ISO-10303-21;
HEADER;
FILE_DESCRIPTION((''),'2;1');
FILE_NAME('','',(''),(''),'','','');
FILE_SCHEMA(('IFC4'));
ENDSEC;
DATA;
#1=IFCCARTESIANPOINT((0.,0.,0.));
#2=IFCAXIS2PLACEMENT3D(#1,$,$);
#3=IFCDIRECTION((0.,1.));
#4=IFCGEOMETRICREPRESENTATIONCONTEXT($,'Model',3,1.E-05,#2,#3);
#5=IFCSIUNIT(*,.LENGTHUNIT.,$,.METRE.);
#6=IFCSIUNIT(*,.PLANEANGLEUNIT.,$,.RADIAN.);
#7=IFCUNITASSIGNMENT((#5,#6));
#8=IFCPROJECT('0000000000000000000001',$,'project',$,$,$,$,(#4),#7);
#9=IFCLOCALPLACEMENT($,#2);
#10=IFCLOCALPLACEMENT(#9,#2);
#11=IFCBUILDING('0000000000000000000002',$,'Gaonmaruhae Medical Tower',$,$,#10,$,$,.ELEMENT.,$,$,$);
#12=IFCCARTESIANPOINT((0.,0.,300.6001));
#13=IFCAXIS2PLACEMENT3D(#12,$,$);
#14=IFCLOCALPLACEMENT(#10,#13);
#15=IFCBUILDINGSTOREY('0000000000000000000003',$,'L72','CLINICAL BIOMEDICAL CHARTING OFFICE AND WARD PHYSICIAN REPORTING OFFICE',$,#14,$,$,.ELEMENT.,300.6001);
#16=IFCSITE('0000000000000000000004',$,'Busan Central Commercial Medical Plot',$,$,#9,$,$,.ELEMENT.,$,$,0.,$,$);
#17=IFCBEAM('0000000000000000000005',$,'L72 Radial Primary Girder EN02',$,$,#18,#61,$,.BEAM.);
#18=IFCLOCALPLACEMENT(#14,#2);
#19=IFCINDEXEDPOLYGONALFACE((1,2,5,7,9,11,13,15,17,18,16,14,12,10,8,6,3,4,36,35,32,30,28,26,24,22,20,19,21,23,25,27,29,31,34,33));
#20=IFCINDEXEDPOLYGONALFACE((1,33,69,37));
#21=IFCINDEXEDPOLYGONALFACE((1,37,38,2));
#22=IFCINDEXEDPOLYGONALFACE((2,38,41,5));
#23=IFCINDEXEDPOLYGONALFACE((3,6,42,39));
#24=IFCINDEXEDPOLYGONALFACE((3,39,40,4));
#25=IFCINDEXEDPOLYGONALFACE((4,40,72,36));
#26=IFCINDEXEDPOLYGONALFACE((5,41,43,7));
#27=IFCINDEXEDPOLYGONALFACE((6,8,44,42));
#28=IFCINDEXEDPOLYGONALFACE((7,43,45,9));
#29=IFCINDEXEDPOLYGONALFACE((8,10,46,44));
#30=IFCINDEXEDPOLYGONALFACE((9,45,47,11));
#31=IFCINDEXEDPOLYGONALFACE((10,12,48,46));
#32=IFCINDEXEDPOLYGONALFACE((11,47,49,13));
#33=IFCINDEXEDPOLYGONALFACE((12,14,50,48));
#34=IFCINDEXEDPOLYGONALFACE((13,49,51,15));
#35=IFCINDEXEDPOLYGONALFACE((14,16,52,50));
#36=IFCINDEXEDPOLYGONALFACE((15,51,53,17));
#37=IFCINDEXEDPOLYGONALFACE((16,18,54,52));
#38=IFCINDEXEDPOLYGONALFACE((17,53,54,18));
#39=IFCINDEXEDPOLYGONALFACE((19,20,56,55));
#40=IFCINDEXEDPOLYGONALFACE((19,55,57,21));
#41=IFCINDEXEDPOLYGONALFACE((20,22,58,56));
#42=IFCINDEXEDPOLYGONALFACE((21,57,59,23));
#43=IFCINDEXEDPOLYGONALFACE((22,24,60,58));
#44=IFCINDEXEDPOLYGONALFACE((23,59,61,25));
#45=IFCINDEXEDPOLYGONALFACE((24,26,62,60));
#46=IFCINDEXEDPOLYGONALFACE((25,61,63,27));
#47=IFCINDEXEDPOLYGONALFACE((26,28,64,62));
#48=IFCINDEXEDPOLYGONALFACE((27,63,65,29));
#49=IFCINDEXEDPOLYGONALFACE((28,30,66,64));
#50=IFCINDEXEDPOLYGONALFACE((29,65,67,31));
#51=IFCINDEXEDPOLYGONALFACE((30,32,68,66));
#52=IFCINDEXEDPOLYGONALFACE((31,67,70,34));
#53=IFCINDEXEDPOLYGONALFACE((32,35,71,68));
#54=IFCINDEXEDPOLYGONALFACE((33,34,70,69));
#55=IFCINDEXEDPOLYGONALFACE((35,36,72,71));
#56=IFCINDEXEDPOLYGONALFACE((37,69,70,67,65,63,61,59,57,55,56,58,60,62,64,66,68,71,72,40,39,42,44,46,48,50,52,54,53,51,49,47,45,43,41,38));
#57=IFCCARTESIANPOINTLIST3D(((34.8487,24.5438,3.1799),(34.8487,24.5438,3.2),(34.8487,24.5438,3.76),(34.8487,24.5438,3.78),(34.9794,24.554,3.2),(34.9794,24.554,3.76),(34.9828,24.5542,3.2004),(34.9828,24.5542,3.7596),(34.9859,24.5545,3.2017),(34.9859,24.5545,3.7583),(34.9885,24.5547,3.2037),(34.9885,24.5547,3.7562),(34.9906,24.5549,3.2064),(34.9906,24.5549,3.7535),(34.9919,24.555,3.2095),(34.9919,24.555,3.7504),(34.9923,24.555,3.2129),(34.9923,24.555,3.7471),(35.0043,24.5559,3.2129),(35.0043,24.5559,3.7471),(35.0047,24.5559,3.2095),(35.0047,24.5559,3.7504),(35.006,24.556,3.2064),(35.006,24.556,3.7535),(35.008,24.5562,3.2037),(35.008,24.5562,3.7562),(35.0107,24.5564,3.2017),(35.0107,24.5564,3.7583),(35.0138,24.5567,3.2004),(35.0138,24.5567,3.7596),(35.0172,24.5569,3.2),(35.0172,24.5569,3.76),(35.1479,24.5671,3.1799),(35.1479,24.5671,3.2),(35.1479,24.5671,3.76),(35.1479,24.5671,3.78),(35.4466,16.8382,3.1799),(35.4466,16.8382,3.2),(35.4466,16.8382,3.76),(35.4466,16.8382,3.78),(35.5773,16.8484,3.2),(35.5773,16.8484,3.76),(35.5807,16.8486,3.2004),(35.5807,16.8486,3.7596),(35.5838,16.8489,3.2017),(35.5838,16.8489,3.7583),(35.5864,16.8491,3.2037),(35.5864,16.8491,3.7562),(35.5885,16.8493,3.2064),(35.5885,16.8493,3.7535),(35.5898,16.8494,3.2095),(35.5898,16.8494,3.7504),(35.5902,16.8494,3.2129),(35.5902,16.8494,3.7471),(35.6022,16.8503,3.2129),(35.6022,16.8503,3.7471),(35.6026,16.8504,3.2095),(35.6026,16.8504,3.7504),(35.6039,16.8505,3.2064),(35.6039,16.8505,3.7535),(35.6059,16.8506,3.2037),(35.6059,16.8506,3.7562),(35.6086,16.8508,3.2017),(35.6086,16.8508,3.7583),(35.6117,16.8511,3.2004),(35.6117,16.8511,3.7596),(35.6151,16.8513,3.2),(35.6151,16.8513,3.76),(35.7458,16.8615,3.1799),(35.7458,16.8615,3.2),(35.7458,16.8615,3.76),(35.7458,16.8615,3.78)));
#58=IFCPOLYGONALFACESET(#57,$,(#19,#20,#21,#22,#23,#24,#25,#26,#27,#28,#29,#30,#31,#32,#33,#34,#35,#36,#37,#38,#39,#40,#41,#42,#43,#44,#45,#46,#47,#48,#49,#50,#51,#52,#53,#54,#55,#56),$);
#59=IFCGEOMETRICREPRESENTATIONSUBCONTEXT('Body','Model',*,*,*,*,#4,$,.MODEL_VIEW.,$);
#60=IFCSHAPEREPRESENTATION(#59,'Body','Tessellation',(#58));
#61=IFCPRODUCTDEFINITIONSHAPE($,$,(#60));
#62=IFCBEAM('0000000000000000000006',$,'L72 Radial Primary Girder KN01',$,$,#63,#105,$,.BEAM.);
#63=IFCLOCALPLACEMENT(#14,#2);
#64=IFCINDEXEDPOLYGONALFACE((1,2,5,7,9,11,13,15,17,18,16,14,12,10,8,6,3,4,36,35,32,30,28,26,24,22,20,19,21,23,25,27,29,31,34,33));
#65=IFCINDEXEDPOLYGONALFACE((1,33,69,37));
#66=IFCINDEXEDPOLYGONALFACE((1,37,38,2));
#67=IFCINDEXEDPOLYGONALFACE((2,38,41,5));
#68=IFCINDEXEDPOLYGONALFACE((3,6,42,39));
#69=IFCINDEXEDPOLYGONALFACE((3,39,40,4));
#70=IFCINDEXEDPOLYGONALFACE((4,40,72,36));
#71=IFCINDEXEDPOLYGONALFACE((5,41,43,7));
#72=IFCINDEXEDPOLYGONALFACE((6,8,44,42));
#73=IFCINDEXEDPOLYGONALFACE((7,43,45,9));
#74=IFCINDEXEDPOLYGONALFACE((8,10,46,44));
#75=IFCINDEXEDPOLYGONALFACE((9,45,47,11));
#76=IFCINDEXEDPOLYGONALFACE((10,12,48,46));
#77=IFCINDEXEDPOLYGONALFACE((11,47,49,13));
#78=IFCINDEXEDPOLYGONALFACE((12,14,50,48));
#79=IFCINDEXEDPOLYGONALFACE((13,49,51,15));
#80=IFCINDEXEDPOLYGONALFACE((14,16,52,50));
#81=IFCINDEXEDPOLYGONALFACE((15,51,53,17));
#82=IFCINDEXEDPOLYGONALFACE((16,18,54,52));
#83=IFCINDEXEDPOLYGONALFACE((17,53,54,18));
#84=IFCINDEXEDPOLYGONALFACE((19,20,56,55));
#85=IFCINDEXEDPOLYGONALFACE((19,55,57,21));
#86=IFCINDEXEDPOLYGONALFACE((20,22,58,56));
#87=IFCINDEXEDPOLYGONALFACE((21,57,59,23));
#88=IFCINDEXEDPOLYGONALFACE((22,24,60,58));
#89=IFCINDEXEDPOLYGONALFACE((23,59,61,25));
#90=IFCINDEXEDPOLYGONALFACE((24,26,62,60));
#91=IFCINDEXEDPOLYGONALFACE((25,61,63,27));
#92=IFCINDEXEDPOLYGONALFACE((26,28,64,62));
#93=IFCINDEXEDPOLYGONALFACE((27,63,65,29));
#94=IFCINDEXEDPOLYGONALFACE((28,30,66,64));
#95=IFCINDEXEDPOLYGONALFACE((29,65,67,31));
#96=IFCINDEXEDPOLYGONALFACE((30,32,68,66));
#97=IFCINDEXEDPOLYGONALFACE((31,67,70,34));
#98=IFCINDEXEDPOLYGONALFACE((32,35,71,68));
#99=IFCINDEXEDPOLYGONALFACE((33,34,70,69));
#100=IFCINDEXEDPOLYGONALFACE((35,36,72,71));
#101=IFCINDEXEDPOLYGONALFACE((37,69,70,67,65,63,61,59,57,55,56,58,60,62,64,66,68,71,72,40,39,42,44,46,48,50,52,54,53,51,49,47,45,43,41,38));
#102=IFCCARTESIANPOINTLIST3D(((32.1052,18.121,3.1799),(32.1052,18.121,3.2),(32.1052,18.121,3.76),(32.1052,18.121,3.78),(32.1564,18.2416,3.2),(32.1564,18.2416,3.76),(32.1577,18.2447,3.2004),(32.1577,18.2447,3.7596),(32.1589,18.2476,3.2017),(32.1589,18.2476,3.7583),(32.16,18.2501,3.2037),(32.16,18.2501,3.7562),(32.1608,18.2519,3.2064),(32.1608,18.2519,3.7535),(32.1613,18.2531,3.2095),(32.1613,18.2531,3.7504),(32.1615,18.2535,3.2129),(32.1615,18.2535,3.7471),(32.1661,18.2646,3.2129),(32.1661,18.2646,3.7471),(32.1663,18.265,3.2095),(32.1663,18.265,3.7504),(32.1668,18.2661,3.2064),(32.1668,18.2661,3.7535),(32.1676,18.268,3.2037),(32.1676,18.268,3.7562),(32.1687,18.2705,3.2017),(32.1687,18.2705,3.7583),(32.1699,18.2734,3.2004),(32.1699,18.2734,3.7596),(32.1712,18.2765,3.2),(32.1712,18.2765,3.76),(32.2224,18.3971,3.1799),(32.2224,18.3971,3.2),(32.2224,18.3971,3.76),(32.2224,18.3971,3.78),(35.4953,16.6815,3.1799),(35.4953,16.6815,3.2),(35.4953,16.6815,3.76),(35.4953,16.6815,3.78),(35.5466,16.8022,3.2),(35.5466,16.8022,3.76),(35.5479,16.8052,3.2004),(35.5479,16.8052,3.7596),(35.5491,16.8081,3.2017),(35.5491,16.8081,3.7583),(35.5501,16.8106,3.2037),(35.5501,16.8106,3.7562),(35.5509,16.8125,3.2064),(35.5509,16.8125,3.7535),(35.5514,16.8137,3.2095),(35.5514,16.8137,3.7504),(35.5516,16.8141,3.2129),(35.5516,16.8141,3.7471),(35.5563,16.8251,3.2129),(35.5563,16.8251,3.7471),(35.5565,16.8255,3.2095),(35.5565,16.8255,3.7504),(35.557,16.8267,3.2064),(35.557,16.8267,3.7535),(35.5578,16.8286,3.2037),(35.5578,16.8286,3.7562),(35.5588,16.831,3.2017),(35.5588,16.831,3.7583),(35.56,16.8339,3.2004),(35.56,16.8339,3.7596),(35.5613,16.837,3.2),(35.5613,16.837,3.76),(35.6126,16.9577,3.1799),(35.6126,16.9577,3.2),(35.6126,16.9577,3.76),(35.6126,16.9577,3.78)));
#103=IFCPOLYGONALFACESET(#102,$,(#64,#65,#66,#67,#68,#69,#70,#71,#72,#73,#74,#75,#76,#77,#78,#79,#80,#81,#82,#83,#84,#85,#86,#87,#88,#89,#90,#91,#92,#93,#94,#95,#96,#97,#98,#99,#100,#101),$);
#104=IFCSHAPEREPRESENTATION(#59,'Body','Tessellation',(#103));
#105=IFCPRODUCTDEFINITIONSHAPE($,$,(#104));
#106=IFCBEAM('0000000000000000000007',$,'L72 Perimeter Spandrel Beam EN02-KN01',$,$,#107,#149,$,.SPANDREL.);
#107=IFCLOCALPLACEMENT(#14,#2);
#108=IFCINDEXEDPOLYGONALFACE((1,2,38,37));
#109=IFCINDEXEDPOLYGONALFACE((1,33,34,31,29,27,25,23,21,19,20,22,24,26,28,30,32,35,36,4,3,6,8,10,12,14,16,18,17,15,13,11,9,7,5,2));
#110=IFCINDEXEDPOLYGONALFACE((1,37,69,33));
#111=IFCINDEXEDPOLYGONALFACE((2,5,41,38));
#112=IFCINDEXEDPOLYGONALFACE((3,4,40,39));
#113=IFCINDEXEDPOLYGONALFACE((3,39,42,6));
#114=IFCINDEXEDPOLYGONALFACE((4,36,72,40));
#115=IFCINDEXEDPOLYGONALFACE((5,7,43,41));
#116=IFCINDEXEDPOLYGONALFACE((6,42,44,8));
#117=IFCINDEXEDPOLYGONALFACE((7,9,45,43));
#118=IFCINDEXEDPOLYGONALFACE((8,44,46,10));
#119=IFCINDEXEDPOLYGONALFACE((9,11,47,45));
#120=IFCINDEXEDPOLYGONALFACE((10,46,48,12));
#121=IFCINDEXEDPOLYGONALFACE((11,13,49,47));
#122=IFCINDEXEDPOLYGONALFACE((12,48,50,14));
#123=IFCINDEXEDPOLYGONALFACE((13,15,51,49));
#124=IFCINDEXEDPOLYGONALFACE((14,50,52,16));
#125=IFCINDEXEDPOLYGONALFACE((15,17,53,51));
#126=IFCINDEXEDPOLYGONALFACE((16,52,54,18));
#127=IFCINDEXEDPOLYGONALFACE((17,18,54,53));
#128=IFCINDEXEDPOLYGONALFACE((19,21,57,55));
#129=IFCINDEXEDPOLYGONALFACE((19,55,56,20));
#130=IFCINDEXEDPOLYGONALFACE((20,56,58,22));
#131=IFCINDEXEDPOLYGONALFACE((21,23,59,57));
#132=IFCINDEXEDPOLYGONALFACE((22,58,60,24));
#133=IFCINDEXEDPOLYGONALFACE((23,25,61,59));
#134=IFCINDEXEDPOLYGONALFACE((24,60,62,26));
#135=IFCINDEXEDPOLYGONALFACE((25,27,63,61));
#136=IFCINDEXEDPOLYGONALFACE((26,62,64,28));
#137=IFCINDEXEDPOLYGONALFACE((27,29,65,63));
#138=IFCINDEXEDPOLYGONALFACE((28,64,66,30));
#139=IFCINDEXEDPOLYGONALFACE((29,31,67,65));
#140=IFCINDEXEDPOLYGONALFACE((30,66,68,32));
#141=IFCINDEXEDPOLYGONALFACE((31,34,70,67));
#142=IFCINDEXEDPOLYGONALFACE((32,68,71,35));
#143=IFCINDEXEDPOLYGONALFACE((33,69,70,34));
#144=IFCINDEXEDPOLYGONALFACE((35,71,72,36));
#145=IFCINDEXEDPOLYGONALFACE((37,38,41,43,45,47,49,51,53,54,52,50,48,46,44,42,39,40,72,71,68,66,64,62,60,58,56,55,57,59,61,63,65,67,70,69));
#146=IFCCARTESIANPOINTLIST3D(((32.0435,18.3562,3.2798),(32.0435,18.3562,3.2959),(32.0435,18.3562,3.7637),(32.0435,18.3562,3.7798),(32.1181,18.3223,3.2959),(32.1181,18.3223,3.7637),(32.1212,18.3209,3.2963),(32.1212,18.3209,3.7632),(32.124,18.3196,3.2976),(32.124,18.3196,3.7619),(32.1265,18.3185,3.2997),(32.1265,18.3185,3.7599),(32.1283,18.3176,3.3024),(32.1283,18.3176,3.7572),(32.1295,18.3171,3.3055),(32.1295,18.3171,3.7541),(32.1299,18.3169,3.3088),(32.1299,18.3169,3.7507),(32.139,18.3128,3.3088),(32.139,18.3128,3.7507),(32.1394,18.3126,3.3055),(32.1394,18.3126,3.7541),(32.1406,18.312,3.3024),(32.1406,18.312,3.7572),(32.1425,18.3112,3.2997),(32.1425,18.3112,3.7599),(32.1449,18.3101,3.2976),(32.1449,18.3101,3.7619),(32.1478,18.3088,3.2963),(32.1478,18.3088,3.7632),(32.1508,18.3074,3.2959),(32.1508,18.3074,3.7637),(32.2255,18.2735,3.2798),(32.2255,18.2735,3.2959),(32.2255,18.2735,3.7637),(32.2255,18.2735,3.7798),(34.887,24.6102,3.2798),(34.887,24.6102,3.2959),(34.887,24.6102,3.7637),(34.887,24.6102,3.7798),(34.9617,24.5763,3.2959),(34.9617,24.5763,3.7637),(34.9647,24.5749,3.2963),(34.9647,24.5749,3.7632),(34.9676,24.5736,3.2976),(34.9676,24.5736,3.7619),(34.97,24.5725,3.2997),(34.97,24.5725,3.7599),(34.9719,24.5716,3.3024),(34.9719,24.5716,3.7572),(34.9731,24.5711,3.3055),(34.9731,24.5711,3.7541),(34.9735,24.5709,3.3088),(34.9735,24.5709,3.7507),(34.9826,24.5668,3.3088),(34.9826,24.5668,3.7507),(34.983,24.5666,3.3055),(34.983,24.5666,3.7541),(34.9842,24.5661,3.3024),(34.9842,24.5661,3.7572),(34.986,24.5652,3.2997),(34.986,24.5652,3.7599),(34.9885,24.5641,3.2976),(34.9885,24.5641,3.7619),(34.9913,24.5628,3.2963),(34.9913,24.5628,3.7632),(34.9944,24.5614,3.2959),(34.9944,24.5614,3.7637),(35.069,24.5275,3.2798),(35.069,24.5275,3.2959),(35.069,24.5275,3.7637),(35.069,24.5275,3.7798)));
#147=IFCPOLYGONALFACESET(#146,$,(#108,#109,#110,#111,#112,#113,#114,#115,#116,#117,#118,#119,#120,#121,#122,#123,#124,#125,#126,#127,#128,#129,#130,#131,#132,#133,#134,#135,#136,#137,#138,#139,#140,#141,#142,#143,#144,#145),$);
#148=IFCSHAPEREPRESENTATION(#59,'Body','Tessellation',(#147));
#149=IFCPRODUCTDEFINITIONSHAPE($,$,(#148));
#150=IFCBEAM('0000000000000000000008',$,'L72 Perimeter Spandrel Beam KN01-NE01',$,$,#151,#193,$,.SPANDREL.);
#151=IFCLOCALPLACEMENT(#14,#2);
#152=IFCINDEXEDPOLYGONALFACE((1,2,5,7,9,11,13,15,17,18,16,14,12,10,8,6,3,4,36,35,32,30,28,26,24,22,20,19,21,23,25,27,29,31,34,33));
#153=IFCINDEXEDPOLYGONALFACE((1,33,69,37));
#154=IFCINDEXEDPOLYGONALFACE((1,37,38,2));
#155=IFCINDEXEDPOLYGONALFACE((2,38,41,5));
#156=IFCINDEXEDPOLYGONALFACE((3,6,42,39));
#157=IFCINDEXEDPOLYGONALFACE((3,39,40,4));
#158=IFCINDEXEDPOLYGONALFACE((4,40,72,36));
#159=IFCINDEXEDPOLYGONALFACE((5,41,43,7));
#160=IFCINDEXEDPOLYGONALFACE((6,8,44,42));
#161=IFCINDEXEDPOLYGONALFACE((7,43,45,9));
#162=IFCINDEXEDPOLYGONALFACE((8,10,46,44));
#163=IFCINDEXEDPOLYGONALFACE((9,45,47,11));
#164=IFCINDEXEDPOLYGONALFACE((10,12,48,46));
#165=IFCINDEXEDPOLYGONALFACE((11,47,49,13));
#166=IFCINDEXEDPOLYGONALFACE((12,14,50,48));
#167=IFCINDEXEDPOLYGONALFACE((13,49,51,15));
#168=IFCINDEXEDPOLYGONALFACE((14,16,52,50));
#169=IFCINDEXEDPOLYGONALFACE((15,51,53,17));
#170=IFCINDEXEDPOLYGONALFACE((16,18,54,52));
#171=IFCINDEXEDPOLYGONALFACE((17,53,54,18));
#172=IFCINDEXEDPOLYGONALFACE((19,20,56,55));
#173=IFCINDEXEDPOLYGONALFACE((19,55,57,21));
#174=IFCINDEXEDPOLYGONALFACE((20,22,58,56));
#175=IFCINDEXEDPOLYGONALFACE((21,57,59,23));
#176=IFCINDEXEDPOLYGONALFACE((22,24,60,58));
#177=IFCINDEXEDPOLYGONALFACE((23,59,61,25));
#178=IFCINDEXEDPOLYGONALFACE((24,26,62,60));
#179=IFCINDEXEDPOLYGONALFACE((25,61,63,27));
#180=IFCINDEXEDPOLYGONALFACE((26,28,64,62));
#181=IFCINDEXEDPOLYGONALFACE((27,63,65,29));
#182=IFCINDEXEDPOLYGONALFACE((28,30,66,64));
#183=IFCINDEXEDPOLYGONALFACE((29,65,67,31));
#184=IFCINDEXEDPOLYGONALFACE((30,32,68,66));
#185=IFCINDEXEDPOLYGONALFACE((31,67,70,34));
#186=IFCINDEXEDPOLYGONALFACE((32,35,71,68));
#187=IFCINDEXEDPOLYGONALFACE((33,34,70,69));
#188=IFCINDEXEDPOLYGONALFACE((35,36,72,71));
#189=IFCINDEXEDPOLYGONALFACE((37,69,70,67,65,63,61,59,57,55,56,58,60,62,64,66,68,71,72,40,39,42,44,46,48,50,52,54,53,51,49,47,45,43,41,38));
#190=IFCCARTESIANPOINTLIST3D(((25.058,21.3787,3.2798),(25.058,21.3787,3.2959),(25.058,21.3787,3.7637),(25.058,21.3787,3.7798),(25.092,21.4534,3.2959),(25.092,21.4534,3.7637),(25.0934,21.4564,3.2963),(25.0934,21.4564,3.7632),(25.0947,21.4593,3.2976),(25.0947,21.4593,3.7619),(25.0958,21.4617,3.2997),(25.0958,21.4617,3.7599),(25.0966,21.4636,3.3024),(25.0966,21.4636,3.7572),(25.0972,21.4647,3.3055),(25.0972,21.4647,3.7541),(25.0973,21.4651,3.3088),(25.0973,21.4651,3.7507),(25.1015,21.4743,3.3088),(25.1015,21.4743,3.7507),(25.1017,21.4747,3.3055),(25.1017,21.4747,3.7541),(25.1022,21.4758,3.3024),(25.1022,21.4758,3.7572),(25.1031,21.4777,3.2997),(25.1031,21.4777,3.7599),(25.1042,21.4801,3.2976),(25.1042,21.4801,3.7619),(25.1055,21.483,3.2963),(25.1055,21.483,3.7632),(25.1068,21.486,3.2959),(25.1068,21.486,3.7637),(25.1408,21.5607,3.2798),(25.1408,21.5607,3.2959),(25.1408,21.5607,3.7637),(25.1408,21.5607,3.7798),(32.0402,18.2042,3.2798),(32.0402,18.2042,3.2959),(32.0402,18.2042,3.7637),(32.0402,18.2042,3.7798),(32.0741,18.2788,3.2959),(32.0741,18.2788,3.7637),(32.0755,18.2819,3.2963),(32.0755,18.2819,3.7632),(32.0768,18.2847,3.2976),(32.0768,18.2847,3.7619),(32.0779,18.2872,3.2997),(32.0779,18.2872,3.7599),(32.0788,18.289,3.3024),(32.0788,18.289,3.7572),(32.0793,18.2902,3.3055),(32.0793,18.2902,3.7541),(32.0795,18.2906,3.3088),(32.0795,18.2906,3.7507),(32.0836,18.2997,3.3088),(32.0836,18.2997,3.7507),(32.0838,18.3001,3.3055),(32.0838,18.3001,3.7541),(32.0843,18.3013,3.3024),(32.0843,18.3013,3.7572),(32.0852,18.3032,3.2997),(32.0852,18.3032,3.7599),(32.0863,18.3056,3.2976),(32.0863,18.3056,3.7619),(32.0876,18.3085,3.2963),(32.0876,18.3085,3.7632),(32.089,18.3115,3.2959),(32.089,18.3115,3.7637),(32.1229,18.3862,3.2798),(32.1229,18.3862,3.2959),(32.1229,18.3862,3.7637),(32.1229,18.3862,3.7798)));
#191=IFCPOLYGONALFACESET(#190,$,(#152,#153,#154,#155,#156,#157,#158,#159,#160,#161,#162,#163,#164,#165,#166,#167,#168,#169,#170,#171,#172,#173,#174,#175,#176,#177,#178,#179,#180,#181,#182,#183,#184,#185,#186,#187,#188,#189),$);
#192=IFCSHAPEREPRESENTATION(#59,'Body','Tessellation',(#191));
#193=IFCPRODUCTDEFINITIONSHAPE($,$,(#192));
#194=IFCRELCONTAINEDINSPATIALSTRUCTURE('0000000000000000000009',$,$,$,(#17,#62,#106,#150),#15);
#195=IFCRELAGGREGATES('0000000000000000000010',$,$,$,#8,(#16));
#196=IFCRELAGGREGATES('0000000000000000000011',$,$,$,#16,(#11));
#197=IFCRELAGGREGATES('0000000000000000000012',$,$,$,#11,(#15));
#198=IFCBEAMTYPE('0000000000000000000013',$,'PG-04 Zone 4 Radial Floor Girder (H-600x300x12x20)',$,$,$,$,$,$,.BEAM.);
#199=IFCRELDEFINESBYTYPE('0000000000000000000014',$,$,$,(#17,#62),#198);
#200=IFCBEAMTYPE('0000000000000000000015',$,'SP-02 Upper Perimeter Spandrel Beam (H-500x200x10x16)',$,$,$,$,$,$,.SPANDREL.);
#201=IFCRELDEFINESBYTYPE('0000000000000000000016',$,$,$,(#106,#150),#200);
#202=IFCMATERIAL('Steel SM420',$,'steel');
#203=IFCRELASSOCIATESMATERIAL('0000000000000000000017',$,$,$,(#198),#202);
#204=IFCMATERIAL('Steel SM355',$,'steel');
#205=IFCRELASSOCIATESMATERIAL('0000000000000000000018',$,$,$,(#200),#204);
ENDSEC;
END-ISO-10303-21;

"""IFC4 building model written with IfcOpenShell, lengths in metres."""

from ifc_helpers import new_model, si_unit, direction, frame, origin, origin_2d, place, context, subcontext, project, spatial, i_section, extrude, material, material_profile, profile_set, type_object, element, save


model = new_model("IFC4")

# Units and contexts
model_context = context("Model", 3, precision=1e-05, world=origin(), true_north=direction((0.0, 1.0)))
body_context = subcontext(model_context, "Body", "Model", "MODEL_VIEW")
ifc_project = project(units=[si_unit("LENGTHUNIT", "METRE"), si_unit("PLANEANGLEUNIT", "RADIAN")], contexts=[model_context])

# Site, building, storey
site_placement = place(None, origin())
site = spatial("IfcSite", under=ifc_project, at=site_placement, Name="Busan Central Commercial Medical Plot", CompositionType="ELEMENT", RefElevation=0.0)
building_placement = place(site_placement, origin())
building = spatial("IfcBuilding", under=site, at=building_placement, Name="Gaonmaruhae Medical Tower", CompositionType="ELEMENT")
storey_placement = place(building_placement, frame((0.0, 0.0, 300.6001)))
storey = spatial("IfcBuildingStorey", under=building, at=storey_placement, Name="L72", Description="CLINICAL BIOMEDICAL CHARTING OFFICE AND WARD PHYSICIAN REPORTING OFFICE", CompositionType="ELEMENT", Elevation=300.6001)

# Beams
ifc_material_1 = material(Name="Steel SM355", Category="steel")
ifc_material_2 = material(Name="Steel SM420", Category="steel")
ifc_material_profile_1 = material_profile(ifc_material_2, i_section(OverallWidth=0.3, OverallDepth=0.6001, WebThickness=0.012, FlangeThickness=0.02, FilletRadius=0.0129, at=origin_2d()), Name="H-600x300x12x20")
ifc_profile_set_1 = profile_set([ifc_material_profile_1], Name="Steel SM420")
beam_type_1 = type_object("IfcBeamType", Name="PG-04 Zone 4 Radial Floor Girder (H-600x300x12x20)", PredefinedType="BEAM", material=ifc_profile_set_1)
beam_1_placement = place(storey_placement, frame((35.5962, 16.8499, 3.48), z_axis=(-0.077361, 0.997003, 0.0), x_axis=(-0.997003, -0.077361, 0.0)))
element("IfcBeam", 1, at=beam_1_placement, inside=storey, type_object=beam_type_1, Name="L72 Radial Primary Girder EN02", PredefinedType="BEAM", context=body_context, shape_type="SweptSolid", body=[
    extrude(i_section(OverallWidth=0.3, OverallDepth=0.6001, WebThickness=0.012, FlangeThickness=0.02, FilletRadius=0.0129, at=origin_2d()), origin(), (0.0, 0.0, 1.0), 7.7288),
])
beam_2_placement = place(storey_placement, frame((35.554, 16.8196, 3.48), z_axis=(-0.920463, 0.390829, 0.0), x_axis=(-0.390829, -0.920463, 0.0)))
element("IfcBeam", 2, at=beam_2_placement, inside=storey, type_object=beam_type_1, Name="L72 Radial Primary Girder KN01", PredefinedType="BEAM", context=body_context, shape_type="SweptSolid", body=[
    extrude(i_section(OverallWidth=0.3, OverallDepth=0.6001, WebThickness=0.012, FlangeThickness=0.02, FilletRadius=0.0129, at=origin_2d()), origin(), (0.0, 0.0, 1.0), 3.6831),
])
ifc_material_profile_2 = material_profile(ifc_material_1, i_section(OverallWidth=0.2, OverallDepth=0.5, WebThickness=0.01, FlangeThickness=0.0161, FilletRadius=0.0129, at=origin_2d()), Name="H-500x200x10x16")
ifc_profile_set_2 = profile_set([ifc_material_profile_2], Name="Steel SM355")
beam_type_2 = type_object("IfcBeamType", Name="SP-02 Upper Perimeter Spandrel Beam (H-500x200x10x16)", PredefinedType="SPANDREL", material=ifc_profile_set_2)
beam_3_placement = place(storey_placement, frame((34.978, 24.5688, 3.5298), z_axis=(-0.413902, -0.910321, 0.0), x_axis=(0.910321, -0.413902, 0.0)))
element("IfcBeam", 3, at=beam_3_placement, inside=storey, type_object=beam_type_2, Name="L72 Perimeter Spandrel Beam EN02-KN01", PredefinedType="SPANDREL", context=body_context, shape_type="SweptSolid", body=[
    extrude(i_section(OverallWidth=0.2, OverallDepth=0.5, WebThickness=0.01, FlangeThickness=0.0161, FilletRadius=0.0129, at=origin_2d()), origin(), (0.0, 0.0, 1.0), 6.8701),
])
beam_4_placement = place(storey_placement, frame((32.0815, 18.2952, 3.5298), z_axis=(-0.910325, 0.413894, 0.0), x_axis=(-0.413894, -0.910325, 0.0)))
element("IfcBeam", 4, at=beam_4_placement, inside=storey, type_object=beam_type_2, Name="L72 Perimeter Spandrel Beam KN01-NE01", PredefinedType="SPANDREL", context=body_context, shape_type="SweptSolid", body=[
    extrude(i_section(OverallWidth=0.2, OverallDepth=0.5, WebThickness=0.01, FlangeThickness=0.0161, FilletRadius=0.0129, at=origin_2d()), origin(), (0.0, 0.0, 1.0), 7.6699),
])

save(model, "model.ifc")
